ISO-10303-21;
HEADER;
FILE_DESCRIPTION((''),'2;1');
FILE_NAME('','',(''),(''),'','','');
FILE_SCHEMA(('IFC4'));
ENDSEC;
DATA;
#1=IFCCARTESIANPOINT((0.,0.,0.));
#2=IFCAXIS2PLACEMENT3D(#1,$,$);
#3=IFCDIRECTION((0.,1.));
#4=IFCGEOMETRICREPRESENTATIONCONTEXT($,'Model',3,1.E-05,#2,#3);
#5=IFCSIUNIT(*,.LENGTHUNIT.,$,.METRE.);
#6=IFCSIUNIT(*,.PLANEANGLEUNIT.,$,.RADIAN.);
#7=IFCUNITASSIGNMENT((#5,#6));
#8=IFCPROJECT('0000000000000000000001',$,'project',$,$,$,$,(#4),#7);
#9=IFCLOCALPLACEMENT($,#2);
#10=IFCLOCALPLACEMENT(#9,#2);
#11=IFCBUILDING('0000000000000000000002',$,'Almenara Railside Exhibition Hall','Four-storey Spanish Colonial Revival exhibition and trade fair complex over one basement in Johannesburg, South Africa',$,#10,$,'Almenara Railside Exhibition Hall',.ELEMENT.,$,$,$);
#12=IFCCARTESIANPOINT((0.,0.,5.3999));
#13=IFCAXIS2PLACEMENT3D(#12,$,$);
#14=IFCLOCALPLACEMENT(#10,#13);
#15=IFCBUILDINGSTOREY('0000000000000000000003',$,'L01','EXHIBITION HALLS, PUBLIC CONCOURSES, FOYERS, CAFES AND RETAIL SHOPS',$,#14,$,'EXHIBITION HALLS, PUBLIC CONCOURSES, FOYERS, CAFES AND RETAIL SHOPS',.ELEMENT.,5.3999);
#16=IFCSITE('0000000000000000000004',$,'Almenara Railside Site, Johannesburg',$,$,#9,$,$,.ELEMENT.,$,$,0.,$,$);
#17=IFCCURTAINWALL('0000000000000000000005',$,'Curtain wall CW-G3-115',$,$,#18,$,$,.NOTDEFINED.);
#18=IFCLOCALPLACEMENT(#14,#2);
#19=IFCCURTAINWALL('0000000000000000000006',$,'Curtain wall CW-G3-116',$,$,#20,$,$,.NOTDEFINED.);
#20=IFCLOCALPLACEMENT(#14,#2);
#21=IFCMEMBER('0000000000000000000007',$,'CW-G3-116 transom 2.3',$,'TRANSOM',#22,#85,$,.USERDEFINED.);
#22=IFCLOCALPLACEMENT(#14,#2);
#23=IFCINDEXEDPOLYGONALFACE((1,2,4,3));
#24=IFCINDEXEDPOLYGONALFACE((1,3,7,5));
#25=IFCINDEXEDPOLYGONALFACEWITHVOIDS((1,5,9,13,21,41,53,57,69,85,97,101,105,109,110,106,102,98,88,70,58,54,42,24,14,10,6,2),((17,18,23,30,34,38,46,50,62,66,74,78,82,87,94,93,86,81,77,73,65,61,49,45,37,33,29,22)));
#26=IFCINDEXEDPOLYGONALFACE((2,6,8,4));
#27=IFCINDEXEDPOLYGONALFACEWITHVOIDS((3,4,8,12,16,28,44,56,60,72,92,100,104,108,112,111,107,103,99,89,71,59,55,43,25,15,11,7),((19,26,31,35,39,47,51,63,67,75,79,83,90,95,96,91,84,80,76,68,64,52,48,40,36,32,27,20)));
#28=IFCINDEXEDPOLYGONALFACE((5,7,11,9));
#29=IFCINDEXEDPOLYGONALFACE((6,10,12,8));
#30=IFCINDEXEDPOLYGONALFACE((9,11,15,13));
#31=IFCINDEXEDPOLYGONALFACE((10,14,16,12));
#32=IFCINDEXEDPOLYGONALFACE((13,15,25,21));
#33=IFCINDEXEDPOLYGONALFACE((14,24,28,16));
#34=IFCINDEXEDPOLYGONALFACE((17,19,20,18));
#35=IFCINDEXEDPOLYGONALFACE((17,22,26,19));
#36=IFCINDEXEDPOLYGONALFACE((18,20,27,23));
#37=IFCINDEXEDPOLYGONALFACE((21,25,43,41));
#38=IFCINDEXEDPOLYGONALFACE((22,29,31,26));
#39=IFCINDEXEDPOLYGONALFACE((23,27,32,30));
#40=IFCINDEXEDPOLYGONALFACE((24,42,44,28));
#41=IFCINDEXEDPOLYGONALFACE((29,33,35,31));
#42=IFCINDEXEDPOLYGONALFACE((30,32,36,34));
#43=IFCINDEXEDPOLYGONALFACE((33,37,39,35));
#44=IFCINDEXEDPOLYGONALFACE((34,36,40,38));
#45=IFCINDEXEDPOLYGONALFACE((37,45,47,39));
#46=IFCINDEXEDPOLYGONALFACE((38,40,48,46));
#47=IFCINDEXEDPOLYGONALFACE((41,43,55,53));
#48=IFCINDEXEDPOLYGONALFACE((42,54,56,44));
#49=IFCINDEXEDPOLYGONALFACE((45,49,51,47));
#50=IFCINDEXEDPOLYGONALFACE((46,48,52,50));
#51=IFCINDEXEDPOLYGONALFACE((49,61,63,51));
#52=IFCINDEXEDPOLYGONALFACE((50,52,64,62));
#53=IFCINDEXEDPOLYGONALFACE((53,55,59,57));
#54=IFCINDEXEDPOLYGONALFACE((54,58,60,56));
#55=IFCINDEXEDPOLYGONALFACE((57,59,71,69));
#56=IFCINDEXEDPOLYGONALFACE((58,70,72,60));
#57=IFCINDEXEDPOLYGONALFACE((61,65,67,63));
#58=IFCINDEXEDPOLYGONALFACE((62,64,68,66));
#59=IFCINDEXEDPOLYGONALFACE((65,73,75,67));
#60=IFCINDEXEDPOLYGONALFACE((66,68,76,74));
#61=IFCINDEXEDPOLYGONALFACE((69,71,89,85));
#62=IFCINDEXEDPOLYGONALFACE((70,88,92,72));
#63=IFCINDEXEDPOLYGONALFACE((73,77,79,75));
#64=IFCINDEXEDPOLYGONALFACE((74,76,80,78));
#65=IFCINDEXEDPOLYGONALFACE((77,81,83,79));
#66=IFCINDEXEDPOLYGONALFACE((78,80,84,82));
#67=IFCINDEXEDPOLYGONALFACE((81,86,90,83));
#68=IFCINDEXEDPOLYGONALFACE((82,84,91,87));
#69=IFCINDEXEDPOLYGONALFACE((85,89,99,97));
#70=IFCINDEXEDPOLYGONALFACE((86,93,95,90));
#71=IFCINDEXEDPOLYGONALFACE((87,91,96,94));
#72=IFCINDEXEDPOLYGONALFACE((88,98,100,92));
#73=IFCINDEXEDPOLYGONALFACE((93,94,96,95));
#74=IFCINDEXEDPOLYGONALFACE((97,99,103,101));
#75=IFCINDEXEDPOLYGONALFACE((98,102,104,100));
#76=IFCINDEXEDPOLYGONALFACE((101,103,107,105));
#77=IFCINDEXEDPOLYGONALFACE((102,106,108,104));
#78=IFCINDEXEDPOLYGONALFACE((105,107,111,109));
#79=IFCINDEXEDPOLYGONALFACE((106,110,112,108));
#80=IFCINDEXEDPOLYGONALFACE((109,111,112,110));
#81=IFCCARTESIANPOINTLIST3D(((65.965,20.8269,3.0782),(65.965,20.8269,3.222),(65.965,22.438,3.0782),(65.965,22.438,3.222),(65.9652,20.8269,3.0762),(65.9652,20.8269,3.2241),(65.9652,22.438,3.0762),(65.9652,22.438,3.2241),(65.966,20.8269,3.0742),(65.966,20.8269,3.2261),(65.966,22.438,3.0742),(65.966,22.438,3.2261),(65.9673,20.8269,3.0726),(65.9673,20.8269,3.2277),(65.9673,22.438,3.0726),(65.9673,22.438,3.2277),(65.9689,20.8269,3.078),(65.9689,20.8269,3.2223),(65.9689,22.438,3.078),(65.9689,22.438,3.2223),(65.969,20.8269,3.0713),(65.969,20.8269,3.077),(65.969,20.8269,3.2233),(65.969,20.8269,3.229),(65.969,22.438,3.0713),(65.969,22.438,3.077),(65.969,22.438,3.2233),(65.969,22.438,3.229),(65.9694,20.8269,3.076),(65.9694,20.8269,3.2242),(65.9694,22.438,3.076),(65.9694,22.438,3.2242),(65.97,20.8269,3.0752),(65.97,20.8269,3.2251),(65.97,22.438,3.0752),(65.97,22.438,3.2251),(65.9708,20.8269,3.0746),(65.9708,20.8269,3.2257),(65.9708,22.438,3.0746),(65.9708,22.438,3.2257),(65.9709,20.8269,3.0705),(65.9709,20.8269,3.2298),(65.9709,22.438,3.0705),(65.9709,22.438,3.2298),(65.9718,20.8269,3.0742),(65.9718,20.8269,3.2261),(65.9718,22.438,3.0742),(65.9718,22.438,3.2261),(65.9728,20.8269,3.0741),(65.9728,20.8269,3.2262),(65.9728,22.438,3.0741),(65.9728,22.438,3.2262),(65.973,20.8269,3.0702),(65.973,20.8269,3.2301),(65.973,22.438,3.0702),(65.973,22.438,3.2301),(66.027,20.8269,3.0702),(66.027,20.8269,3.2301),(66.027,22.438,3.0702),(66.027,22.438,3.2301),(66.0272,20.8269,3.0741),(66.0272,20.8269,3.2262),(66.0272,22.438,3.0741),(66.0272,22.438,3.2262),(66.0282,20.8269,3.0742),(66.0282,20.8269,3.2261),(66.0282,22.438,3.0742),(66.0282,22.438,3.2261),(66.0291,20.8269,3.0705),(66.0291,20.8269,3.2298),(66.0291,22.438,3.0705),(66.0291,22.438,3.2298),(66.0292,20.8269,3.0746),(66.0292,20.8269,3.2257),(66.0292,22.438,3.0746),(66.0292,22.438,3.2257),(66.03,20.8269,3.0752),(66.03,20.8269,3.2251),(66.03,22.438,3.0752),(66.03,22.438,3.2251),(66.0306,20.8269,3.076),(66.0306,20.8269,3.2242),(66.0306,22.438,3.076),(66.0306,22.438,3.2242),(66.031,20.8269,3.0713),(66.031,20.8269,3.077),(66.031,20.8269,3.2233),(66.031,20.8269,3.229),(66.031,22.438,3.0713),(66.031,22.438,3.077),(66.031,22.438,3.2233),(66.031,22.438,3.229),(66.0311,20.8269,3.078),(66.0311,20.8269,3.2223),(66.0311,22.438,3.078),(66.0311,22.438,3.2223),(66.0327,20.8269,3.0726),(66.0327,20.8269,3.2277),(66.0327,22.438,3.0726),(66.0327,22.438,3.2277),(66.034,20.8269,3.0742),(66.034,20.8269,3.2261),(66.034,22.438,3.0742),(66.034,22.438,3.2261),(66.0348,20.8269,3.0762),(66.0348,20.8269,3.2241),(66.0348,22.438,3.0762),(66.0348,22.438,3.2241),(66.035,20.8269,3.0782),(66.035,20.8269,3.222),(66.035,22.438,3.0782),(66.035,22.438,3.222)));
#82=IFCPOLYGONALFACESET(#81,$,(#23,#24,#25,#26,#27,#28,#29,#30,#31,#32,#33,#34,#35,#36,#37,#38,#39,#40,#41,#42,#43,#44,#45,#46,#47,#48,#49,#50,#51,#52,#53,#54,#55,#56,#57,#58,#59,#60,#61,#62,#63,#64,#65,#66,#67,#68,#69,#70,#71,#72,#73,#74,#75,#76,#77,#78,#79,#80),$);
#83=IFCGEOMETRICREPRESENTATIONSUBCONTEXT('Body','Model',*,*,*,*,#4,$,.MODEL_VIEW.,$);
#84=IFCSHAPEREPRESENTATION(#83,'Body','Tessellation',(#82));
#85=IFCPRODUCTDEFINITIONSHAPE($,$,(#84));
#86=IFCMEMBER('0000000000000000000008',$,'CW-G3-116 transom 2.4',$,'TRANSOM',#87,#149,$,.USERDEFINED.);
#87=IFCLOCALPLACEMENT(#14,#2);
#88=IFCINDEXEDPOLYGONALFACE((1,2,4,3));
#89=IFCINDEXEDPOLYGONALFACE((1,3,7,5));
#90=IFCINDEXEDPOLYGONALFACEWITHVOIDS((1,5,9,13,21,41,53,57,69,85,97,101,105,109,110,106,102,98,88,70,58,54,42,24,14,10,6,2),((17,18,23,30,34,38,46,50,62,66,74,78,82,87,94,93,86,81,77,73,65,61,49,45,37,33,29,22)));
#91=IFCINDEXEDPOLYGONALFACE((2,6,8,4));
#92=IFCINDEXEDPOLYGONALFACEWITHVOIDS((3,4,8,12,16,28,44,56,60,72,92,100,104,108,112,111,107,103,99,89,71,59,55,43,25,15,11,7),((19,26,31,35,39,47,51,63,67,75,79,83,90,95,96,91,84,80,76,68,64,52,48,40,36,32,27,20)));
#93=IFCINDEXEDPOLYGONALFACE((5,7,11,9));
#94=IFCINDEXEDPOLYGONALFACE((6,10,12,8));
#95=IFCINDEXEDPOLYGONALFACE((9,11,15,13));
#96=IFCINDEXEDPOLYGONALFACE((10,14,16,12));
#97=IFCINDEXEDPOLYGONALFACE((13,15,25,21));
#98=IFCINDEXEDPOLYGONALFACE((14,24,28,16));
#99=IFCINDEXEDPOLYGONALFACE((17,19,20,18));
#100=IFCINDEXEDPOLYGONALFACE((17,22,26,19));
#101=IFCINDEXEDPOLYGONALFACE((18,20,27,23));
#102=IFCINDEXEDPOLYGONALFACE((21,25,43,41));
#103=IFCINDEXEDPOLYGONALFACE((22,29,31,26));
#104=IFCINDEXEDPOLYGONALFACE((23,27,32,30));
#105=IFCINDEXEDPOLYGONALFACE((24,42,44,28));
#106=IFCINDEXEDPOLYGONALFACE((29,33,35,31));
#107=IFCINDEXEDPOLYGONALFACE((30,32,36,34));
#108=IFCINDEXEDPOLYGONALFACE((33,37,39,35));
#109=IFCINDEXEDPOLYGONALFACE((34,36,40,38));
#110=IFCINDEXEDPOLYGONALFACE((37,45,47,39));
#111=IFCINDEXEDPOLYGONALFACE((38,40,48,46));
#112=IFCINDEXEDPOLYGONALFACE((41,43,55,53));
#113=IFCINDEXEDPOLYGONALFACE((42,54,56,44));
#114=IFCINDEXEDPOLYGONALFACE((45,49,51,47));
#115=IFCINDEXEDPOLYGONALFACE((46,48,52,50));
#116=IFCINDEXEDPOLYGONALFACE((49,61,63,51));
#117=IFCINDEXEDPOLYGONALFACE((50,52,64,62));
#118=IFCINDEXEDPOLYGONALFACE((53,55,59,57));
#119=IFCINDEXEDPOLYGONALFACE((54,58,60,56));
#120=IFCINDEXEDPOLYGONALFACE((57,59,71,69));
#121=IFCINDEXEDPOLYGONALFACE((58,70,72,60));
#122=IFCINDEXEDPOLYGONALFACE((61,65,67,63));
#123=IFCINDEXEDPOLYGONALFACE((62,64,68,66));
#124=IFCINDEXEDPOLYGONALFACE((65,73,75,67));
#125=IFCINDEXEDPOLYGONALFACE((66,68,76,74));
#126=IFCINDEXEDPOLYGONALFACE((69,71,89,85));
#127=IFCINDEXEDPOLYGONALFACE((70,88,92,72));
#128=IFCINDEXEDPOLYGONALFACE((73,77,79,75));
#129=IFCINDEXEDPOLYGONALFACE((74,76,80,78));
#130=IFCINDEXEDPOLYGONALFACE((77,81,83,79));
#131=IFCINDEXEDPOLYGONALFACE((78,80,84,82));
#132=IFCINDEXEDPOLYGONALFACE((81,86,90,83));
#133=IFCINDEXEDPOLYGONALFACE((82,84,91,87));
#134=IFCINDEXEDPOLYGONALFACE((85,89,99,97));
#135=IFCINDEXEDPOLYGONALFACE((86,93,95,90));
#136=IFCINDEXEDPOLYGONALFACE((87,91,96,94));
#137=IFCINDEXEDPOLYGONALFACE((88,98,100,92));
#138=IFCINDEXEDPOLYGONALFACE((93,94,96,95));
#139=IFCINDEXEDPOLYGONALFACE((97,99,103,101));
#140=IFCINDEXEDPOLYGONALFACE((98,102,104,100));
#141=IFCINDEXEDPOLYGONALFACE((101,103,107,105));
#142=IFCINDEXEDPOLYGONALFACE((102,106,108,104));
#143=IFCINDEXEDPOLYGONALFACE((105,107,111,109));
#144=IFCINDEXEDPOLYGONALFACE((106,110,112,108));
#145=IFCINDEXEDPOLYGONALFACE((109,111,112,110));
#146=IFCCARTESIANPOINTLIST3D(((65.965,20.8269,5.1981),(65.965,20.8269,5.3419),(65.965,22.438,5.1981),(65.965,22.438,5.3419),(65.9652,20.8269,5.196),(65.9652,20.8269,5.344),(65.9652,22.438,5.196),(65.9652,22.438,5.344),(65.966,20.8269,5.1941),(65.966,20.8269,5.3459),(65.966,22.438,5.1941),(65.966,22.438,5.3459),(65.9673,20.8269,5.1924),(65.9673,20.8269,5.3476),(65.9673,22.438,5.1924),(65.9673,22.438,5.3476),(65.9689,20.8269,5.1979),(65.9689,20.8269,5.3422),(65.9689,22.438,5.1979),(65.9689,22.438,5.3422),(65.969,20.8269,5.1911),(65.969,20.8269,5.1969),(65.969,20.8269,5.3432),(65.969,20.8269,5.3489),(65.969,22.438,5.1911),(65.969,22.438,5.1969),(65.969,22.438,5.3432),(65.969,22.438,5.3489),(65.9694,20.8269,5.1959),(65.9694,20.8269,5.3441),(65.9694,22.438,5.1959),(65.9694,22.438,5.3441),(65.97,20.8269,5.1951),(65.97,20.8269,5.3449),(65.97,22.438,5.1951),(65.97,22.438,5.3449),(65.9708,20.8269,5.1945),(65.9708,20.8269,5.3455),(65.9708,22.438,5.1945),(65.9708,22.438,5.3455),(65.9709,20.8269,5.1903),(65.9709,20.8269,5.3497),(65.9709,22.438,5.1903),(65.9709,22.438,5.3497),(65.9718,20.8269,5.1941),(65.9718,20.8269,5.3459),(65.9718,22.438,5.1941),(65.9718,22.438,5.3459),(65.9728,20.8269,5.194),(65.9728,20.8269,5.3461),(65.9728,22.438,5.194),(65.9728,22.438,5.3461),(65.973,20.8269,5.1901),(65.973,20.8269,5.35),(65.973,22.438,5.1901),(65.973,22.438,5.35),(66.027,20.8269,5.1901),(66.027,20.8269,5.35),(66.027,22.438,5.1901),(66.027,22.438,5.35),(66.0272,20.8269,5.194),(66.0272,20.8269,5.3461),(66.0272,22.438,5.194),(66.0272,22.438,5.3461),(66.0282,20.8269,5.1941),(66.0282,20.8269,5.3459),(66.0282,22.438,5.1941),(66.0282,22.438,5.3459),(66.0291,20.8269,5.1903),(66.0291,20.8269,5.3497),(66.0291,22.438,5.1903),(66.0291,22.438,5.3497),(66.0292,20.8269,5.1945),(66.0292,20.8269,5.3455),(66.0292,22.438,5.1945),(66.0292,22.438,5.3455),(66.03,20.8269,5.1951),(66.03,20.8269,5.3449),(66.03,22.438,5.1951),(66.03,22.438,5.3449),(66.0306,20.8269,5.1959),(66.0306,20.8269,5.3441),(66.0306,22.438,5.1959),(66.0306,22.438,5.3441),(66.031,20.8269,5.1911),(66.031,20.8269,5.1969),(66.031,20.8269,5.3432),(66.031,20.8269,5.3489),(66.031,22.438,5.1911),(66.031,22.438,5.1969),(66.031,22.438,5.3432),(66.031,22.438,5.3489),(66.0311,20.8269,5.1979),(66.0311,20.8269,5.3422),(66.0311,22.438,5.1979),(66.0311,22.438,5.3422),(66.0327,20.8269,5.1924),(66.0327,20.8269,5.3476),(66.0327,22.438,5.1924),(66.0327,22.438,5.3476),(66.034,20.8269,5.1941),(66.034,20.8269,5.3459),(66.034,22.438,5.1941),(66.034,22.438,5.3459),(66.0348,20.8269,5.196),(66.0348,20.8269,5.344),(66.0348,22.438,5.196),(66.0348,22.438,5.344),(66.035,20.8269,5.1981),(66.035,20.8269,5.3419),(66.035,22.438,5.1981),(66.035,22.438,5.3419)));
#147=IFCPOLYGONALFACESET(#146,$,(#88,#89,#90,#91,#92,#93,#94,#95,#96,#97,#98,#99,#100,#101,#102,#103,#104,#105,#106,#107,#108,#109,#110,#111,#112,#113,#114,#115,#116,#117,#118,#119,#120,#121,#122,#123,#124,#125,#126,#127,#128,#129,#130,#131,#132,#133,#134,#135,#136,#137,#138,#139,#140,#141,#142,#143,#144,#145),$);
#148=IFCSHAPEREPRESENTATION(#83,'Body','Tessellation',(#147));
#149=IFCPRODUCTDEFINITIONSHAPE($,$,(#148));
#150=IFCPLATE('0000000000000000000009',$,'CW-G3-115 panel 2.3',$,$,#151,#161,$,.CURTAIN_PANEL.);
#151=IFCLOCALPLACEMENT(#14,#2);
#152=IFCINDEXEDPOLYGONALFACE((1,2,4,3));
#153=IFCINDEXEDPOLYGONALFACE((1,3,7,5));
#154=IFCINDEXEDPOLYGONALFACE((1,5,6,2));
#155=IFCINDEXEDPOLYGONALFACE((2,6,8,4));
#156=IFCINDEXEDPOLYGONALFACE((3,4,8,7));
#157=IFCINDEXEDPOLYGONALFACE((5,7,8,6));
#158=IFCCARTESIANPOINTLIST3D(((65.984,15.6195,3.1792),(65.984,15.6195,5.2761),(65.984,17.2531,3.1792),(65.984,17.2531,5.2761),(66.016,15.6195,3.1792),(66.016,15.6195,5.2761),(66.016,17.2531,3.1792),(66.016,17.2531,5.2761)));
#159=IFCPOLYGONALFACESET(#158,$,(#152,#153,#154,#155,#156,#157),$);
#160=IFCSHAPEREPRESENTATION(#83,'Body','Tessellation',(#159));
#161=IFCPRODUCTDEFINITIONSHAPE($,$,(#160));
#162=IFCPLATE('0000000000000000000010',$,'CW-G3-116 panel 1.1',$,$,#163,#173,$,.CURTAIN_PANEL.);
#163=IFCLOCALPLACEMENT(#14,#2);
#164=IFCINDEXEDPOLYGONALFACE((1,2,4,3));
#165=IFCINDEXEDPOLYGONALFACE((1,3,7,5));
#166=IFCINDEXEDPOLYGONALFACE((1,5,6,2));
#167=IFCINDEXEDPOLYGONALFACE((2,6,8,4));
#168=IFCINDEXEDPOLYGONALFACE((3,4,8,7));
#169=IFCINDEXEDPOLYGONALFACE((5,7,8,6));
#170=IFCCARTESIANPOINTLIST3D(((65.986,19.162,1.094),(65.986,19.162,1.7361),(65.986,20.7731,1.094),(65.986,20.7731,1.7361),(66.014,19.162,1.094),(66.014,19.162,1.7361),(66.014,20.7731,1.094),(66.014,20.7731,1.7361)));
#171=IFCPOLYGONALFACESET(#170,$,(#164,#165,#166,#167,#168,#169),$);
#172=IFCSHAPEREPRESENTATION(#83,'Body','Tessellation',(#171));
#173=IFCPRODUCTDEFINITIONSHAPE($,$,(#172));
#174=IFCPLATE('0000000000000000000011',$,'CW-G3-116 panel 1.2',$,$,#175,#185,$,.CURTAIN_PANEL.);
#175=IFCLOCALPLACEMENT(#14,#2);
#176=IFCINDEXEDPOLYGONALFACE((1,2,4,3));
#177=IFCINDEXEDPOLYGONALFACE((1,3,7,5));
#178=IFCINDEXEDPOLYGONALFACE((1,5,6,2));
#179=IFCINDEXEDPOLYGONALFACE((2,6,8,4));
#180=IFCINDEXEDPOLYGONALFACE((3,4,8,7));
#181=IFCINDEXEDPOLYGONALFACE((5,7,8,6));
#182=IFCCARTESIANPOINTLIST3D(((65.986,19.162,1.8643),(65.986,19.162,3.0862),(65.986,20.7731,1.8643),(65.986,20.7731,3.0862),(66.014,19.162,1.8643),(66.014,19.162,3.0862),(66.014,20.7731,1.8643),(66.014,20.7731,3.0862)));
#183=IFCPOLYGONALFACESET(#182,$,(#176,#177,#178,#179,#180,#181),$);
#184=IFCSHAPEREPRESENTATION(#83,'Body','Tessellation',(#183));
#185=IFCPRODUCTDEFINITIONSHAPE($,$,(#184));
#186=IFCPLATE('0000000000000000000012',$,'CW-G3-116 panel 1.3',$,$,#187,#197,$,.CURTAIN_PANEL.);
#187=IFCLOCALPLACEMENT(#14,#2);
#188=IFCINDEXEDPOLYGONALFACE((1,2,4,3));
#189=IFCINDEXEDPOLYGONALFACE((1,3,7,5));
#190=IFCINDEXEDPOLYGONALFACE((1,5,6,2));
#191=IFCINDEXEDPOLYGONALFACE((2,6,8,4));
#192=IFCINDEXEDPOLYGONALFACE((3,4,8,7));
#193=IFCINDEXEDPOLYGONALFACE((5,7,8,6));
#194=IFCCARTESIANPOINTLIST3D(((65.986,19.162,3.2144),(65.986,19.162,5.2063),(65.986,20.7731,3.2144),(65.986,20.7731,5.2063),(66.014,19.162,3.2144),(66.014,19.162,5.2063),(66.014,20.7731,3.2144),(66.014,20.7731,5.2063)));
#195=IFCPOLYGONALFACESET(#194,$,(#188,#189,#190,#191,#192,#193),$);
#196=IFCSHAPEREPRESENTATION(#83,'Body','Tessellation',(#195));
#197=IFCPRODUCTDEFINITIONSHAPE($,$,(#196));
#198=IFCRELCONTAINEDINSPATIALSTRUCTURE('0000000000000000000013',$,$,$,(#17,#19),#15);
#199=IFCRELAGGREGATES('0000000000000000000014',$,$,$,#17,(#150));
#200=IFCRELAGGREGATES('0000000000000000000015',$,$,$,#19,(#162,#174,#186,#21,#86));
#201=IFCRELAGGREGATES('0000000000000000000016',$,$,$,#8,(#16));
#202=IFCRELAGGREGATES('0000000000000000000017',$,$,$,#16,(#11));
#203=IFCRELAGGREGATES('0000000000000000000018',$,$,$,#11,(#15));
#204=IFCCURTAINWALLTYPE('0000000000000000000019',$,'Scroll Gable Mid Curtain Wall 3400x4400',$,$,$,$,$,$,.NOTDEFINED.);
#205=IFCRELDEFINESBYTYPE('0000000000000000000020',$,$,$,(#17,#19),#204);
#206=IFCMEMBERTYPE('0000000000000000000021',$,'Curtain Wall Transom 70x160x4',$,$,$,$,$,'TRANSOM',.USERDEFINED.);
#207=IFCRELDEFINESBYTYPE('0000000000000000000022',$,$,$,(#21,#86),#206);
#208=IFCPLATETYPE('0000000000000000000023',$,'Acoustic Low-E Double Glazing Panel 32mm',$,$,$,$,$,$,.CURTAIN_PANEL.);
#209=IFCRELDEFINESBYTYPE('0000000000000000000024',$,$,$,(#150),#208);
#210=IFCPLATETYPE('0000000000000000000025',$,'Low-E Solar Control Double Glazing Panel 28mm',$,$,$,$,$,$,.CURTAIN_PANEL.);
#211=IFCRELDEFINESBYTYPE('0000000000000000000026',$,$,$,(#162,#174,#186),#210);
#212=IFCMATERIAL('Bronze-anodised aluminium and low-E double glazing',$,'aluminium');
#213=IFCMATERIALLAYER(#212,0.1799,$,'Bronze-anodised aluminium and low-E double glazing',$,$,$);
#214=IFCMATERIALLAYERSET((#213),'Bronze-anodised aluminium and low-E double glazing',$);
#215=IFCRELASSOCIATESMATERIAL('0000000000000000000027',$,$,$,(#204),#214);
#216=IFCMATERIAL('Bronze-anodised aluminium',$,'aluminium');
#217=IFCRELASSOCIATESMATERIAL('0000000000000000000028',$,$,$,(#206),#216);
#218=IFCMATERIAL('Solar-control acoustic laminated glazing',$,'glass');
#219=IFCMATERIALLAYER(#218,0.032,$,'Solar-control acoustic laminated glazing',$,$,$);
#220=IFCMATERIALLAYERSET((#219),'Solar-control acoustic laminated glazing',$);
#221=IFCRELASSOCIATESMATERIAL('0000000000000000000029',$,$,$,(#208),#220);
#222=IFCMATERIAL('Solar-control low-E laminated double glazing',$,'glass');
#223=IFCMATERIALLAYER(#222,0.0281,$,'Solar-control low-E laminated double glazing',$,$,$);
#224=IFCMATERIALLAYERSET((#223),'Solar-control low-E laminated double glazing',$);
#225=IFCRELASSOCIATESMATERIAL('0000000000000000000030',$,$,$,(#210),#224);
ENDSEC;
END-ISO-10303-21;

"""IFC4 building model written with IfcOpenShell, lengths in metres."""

from ifc_helpers import new_model, si_unit, direction, frame, origin, origin_2d, place, context, subcontext, project, spatial, rectangle, hollow_rectangle, extrude, material, layer, layer_set, material_profile, profile_set, type_object, element, aggregate, save


model = new_model("IFC4")

# Units and contexts
model_context = context("Model", 3, precision=1e-05, world=origin(), true_north=direction((0.0, 1.0)))
body_context = subcontext(model_context, "Body", "Model", "MODEL_VIEW")
ifc_project = project(units=[si_unit("LENGTHUNIT", "METRE"), si_unit("PLANEANGLEUNIT", "RADIAN")], contexts=[model_context])

# Site, building, storey
site_placement = place(None, origin())
site = spatial("IfcSite", under=ifc_project, at=site_placement, Name="Almenara Railside Site, Johannesburg", CompositionType="ELEMENT", RefElevation=0.0)
building_placement = place(site_placement, origin())
building = spatial("IfcBuilding", under=site, at=building_placement, Name="Almenara Railside Exhibition Hall", Description="Four-storey Spanish Colonial Revival exhibition and trade fair complex over one basement in Johannesburg, South Africa", LongName="Almenara Railside Exhibition Hall", CompositionType="ELEMENT")
storey_placement = place(building_placement, frame((0.0, 0.0, 5.3999)))
storey = spatial("IfcBuildingStorey", under=building, at=storey_placement, Name="L01", Description="EXHIBITION HALLS, PUBLIC CONCOURSES, FOYERS, CAFES AND RETAIL SHOPS", LongName="EXHIBITION HALLS, PUBLIC CONCOURSES, FOYERS, CAFES AND RETAIL SHOPS", CompositionType="ELEMENT", Elevation=5.3999)

# Curtain wall
ifc_material_1 = material(Name="Bronze-anodised aluminium and low-E double glazing", Category="aluminium")
ifc_layer_1 = layer(ifc_material_1, 0.1799, Name="Bronze-anodised aluminium and low-E double glazing")
ifc_layer_set_1 = layer_set([ifc_layer_1], Name="Bronze-anodised aluminium and low-E double glazing")
curtain_wall_type_1 = type_object("IfcCurtainWallType", Name="Scroll Gable Mid Curtain Wall 3400x4400", PredefinedType="NOTDEFINED", material=ifc_layer_set_1)
curtain_wall_1_placement = place(storey_placement, origin())
curtain_wall_1 = element("IfcCurtainWall", 1, at=curtain_wall_1_placement, inside=storey, type_object=curtain_wall_type_1, Name="Curtain wall CW-G3-115", PredefinedType="NOTDEFINED")
ifc_material_2 = material(Name="Bronze-anodised aluminium", Category="aluminium")

# Curtain wall
curtain_wall_2_placement = place(storey_placement, origin())
curtain_wall_2 = element("IfcCurtainWall", 2, at=curtain_wall_2_placement, inside=storey, type_object=curtain_wall_type_1, Name="Curtain wall CW-G3-116", PredefinedType="NOTDEFINED")

# Members
ifc_material_profile_1 = material_profile(ifc_material_2, hollow_rectangle(XDim=0.0701, YDim=0.1599, WallThickness=0.0039, InnerFilletRadius=0.0039, OuterFilletRadius=0.0081, at=origin_2d()), Name="ALU-TRN 70x160x4")
ifc_profile_set_1 = profile_set([ifc_material_profile_1], Name="Bronze-anodised aluminium")
member_type_1 = type_object("IfcMemberType", Name="Curtain Wall Transom 70x160x4", ElementType="TRANSOM", PredefinedType="USERDEFINED", material=ifc_profile_set_1)
member_1_placement = place(storey_placement, frame((66.0, 20.8269, 3.1501), z_axis=(0.0, 1.0, 0.0), x_axis=(-1.0, 0.0, 0.0)))
member_1 = element("IfcMember", 3, at=member_1_placement, type_object=member_type_1, Name="CW-G3-116 transom 2.3", ObjectType="TRANSOM", PredefinedType="USERDEFINED", context=body_context, shape_type="SweptSolid", body=[
    extrude(hollow_rectangle(XDim=0.0701, YDim=0.1599, WallThickness=0.0039, InnerFilletRadius=0.0039, OuterFilletRadius=0.0081, at=origin_2d()), origin(), (0.0, 0.0, 1.0), 1.6111),
])
member_2_placement = place(storey_placement, frame((66.0, 20.8269, 5.27), z_axis=(0.0, 1.0, 0.0), x_axis=(-1.0, 0.0, 0.0)))
member_2 = element("IfcMember", 4, at=member_2_placement, type_object=member_type_1, Name="CW-G3-116 transom 2.4", ObjectType="TRANSOM", PredefinedType="USERDEFINED", context=body_context, shape_type="SweptSolid", body=[
    extrude(hollow_rectangle(XDim=0.0701, YDim=0.1599, WallThickness=0.0039, InnerFilletRadius=0.0039, OuterFilletRadius=0.0081, at=origin_2d()), origin(), (0.0, 0.0, 1.0), 1.6111),
])

# Plates
ifc_material_3 = material(Name="Solar-control acoustic laminated glazing", Category="glass")
ifc_layer_2 = layer(ifc_material_3, 0.032, Name="Solar-control acoustic laminated glazing")
ifc_layer_set_2 = layer_set([ifc_layer_2], Name="Solar-control acoustic laminated glazing")
plate_type_1 = type_object("IfcPlateType", Name="Acoustic Low-E Double Glazing Panel 32mm", PredefinedType="CURTAIN_PANEL", material=ifc_layer_set_2)
plate_1_placement = place(storey_placement, frame((66.0, 16.4363, 3.1792), z_axis=(0.0, 0.0, 1.0), x_axis=(0.0, 1.0, 0.0)))
plate_1 = element("IfcPlate", 5, at=plate_1_placement, type_object=plate_type_1, Name="CW-G3-115 panel 2.3", PredefinedType="CURTAIN_PANEL", context=body_context, shape_type="SweptSolid", body=[
    extrude(rectangle(XDim=1.6335, YDim=0.032, at=origin_2d()), origin(), (0.0, 0.0, 1.0), 2.0969),
])
aggregate(curtain_wall_1, [plate_1])
ifc_material_4 = material(Name="Solar-control low-E laminated double glazing", Category="glass")
ifc_layer_3 = layer(ifc_material_4, 0.0281, Name="Solar-control low-E laminated double glazing")
ifc_layer_set_3 = layer_set([ifc_layer_3], Name="Solar-control low-E laminated double glazing")
plate_type_2 = type_object("IfcPlateType", Name="Low-E Solar Control Double Glazing Panel 28mm", PredefinedType="CURTAIN_PANEL", material=ifc_layer_set_3)
plate_2_placement = place(storey_placement, frame((66.0, 19.9675, 1.094), z_axis=(0.0, 0.0, 1.0), x_axis=(0.0, 1.0, 0.0)))
plate_2 = element("IfcPlate", 6, at=plate_2_placement, type_object=plate_type_2, Name="CW-G3-116 panel 1.1", PredefinedType="CURTAIN_PANEL", context=body_context, shape_type="SweptSolid", body=[
    extrude(rectangle(XDim=1.6111, YDim=0.0281, at=origin_2d()), origin(), (0.0, 0.0, 1.0), 0.6421),
])
plate_3_placement = place(storey_placement, frame((66.0, 19.9675, 1.8643), z_axis=(0.0, 0.0, 1.0), x_axis=(0.0, 1.0, 0.0)))
plate_3 = element("IfcPlate", 7, at=plate_3_placement, type_object=plate_type_2, Name="CW-G3-116 panel 1.2", PredefinedType="CURTAIN_PANEL", context=body_context, shape_type="SweptSolid", body=[
    extrude(rectangle(XDim=1.6111, YDim=0.0281, at=origin_2d()), origin(), (0.0, 0.0, 1.0), 1.2219),
])
plate_4_placement = place(storey_placement, frame((66.0, 19.9675, 3.2144), z_axis=(0.0, 0.0, 1.0), x_axis=(0.0, 1.0, 0.0)))
plate_4 = element("IfcPlate", 8, at=plate_4_placement, type_object=plate_type_2, Name="CW-G3-116 panel 1.3", PredefinedType="CURTAIN_PANEL", context=body_context, shape_type="SweptSolid", body=[
    extrude(rectangle(XDim=1.6111, YDim=0.0281, at=origin_2d()), origin(), (0.0, 0.0, 1.0), 1.9919),
])
aggregate(curtain_wall_2, [plate_2, plate_3, plate_4, member_1, member_2])

save(model, "model.ifc")
